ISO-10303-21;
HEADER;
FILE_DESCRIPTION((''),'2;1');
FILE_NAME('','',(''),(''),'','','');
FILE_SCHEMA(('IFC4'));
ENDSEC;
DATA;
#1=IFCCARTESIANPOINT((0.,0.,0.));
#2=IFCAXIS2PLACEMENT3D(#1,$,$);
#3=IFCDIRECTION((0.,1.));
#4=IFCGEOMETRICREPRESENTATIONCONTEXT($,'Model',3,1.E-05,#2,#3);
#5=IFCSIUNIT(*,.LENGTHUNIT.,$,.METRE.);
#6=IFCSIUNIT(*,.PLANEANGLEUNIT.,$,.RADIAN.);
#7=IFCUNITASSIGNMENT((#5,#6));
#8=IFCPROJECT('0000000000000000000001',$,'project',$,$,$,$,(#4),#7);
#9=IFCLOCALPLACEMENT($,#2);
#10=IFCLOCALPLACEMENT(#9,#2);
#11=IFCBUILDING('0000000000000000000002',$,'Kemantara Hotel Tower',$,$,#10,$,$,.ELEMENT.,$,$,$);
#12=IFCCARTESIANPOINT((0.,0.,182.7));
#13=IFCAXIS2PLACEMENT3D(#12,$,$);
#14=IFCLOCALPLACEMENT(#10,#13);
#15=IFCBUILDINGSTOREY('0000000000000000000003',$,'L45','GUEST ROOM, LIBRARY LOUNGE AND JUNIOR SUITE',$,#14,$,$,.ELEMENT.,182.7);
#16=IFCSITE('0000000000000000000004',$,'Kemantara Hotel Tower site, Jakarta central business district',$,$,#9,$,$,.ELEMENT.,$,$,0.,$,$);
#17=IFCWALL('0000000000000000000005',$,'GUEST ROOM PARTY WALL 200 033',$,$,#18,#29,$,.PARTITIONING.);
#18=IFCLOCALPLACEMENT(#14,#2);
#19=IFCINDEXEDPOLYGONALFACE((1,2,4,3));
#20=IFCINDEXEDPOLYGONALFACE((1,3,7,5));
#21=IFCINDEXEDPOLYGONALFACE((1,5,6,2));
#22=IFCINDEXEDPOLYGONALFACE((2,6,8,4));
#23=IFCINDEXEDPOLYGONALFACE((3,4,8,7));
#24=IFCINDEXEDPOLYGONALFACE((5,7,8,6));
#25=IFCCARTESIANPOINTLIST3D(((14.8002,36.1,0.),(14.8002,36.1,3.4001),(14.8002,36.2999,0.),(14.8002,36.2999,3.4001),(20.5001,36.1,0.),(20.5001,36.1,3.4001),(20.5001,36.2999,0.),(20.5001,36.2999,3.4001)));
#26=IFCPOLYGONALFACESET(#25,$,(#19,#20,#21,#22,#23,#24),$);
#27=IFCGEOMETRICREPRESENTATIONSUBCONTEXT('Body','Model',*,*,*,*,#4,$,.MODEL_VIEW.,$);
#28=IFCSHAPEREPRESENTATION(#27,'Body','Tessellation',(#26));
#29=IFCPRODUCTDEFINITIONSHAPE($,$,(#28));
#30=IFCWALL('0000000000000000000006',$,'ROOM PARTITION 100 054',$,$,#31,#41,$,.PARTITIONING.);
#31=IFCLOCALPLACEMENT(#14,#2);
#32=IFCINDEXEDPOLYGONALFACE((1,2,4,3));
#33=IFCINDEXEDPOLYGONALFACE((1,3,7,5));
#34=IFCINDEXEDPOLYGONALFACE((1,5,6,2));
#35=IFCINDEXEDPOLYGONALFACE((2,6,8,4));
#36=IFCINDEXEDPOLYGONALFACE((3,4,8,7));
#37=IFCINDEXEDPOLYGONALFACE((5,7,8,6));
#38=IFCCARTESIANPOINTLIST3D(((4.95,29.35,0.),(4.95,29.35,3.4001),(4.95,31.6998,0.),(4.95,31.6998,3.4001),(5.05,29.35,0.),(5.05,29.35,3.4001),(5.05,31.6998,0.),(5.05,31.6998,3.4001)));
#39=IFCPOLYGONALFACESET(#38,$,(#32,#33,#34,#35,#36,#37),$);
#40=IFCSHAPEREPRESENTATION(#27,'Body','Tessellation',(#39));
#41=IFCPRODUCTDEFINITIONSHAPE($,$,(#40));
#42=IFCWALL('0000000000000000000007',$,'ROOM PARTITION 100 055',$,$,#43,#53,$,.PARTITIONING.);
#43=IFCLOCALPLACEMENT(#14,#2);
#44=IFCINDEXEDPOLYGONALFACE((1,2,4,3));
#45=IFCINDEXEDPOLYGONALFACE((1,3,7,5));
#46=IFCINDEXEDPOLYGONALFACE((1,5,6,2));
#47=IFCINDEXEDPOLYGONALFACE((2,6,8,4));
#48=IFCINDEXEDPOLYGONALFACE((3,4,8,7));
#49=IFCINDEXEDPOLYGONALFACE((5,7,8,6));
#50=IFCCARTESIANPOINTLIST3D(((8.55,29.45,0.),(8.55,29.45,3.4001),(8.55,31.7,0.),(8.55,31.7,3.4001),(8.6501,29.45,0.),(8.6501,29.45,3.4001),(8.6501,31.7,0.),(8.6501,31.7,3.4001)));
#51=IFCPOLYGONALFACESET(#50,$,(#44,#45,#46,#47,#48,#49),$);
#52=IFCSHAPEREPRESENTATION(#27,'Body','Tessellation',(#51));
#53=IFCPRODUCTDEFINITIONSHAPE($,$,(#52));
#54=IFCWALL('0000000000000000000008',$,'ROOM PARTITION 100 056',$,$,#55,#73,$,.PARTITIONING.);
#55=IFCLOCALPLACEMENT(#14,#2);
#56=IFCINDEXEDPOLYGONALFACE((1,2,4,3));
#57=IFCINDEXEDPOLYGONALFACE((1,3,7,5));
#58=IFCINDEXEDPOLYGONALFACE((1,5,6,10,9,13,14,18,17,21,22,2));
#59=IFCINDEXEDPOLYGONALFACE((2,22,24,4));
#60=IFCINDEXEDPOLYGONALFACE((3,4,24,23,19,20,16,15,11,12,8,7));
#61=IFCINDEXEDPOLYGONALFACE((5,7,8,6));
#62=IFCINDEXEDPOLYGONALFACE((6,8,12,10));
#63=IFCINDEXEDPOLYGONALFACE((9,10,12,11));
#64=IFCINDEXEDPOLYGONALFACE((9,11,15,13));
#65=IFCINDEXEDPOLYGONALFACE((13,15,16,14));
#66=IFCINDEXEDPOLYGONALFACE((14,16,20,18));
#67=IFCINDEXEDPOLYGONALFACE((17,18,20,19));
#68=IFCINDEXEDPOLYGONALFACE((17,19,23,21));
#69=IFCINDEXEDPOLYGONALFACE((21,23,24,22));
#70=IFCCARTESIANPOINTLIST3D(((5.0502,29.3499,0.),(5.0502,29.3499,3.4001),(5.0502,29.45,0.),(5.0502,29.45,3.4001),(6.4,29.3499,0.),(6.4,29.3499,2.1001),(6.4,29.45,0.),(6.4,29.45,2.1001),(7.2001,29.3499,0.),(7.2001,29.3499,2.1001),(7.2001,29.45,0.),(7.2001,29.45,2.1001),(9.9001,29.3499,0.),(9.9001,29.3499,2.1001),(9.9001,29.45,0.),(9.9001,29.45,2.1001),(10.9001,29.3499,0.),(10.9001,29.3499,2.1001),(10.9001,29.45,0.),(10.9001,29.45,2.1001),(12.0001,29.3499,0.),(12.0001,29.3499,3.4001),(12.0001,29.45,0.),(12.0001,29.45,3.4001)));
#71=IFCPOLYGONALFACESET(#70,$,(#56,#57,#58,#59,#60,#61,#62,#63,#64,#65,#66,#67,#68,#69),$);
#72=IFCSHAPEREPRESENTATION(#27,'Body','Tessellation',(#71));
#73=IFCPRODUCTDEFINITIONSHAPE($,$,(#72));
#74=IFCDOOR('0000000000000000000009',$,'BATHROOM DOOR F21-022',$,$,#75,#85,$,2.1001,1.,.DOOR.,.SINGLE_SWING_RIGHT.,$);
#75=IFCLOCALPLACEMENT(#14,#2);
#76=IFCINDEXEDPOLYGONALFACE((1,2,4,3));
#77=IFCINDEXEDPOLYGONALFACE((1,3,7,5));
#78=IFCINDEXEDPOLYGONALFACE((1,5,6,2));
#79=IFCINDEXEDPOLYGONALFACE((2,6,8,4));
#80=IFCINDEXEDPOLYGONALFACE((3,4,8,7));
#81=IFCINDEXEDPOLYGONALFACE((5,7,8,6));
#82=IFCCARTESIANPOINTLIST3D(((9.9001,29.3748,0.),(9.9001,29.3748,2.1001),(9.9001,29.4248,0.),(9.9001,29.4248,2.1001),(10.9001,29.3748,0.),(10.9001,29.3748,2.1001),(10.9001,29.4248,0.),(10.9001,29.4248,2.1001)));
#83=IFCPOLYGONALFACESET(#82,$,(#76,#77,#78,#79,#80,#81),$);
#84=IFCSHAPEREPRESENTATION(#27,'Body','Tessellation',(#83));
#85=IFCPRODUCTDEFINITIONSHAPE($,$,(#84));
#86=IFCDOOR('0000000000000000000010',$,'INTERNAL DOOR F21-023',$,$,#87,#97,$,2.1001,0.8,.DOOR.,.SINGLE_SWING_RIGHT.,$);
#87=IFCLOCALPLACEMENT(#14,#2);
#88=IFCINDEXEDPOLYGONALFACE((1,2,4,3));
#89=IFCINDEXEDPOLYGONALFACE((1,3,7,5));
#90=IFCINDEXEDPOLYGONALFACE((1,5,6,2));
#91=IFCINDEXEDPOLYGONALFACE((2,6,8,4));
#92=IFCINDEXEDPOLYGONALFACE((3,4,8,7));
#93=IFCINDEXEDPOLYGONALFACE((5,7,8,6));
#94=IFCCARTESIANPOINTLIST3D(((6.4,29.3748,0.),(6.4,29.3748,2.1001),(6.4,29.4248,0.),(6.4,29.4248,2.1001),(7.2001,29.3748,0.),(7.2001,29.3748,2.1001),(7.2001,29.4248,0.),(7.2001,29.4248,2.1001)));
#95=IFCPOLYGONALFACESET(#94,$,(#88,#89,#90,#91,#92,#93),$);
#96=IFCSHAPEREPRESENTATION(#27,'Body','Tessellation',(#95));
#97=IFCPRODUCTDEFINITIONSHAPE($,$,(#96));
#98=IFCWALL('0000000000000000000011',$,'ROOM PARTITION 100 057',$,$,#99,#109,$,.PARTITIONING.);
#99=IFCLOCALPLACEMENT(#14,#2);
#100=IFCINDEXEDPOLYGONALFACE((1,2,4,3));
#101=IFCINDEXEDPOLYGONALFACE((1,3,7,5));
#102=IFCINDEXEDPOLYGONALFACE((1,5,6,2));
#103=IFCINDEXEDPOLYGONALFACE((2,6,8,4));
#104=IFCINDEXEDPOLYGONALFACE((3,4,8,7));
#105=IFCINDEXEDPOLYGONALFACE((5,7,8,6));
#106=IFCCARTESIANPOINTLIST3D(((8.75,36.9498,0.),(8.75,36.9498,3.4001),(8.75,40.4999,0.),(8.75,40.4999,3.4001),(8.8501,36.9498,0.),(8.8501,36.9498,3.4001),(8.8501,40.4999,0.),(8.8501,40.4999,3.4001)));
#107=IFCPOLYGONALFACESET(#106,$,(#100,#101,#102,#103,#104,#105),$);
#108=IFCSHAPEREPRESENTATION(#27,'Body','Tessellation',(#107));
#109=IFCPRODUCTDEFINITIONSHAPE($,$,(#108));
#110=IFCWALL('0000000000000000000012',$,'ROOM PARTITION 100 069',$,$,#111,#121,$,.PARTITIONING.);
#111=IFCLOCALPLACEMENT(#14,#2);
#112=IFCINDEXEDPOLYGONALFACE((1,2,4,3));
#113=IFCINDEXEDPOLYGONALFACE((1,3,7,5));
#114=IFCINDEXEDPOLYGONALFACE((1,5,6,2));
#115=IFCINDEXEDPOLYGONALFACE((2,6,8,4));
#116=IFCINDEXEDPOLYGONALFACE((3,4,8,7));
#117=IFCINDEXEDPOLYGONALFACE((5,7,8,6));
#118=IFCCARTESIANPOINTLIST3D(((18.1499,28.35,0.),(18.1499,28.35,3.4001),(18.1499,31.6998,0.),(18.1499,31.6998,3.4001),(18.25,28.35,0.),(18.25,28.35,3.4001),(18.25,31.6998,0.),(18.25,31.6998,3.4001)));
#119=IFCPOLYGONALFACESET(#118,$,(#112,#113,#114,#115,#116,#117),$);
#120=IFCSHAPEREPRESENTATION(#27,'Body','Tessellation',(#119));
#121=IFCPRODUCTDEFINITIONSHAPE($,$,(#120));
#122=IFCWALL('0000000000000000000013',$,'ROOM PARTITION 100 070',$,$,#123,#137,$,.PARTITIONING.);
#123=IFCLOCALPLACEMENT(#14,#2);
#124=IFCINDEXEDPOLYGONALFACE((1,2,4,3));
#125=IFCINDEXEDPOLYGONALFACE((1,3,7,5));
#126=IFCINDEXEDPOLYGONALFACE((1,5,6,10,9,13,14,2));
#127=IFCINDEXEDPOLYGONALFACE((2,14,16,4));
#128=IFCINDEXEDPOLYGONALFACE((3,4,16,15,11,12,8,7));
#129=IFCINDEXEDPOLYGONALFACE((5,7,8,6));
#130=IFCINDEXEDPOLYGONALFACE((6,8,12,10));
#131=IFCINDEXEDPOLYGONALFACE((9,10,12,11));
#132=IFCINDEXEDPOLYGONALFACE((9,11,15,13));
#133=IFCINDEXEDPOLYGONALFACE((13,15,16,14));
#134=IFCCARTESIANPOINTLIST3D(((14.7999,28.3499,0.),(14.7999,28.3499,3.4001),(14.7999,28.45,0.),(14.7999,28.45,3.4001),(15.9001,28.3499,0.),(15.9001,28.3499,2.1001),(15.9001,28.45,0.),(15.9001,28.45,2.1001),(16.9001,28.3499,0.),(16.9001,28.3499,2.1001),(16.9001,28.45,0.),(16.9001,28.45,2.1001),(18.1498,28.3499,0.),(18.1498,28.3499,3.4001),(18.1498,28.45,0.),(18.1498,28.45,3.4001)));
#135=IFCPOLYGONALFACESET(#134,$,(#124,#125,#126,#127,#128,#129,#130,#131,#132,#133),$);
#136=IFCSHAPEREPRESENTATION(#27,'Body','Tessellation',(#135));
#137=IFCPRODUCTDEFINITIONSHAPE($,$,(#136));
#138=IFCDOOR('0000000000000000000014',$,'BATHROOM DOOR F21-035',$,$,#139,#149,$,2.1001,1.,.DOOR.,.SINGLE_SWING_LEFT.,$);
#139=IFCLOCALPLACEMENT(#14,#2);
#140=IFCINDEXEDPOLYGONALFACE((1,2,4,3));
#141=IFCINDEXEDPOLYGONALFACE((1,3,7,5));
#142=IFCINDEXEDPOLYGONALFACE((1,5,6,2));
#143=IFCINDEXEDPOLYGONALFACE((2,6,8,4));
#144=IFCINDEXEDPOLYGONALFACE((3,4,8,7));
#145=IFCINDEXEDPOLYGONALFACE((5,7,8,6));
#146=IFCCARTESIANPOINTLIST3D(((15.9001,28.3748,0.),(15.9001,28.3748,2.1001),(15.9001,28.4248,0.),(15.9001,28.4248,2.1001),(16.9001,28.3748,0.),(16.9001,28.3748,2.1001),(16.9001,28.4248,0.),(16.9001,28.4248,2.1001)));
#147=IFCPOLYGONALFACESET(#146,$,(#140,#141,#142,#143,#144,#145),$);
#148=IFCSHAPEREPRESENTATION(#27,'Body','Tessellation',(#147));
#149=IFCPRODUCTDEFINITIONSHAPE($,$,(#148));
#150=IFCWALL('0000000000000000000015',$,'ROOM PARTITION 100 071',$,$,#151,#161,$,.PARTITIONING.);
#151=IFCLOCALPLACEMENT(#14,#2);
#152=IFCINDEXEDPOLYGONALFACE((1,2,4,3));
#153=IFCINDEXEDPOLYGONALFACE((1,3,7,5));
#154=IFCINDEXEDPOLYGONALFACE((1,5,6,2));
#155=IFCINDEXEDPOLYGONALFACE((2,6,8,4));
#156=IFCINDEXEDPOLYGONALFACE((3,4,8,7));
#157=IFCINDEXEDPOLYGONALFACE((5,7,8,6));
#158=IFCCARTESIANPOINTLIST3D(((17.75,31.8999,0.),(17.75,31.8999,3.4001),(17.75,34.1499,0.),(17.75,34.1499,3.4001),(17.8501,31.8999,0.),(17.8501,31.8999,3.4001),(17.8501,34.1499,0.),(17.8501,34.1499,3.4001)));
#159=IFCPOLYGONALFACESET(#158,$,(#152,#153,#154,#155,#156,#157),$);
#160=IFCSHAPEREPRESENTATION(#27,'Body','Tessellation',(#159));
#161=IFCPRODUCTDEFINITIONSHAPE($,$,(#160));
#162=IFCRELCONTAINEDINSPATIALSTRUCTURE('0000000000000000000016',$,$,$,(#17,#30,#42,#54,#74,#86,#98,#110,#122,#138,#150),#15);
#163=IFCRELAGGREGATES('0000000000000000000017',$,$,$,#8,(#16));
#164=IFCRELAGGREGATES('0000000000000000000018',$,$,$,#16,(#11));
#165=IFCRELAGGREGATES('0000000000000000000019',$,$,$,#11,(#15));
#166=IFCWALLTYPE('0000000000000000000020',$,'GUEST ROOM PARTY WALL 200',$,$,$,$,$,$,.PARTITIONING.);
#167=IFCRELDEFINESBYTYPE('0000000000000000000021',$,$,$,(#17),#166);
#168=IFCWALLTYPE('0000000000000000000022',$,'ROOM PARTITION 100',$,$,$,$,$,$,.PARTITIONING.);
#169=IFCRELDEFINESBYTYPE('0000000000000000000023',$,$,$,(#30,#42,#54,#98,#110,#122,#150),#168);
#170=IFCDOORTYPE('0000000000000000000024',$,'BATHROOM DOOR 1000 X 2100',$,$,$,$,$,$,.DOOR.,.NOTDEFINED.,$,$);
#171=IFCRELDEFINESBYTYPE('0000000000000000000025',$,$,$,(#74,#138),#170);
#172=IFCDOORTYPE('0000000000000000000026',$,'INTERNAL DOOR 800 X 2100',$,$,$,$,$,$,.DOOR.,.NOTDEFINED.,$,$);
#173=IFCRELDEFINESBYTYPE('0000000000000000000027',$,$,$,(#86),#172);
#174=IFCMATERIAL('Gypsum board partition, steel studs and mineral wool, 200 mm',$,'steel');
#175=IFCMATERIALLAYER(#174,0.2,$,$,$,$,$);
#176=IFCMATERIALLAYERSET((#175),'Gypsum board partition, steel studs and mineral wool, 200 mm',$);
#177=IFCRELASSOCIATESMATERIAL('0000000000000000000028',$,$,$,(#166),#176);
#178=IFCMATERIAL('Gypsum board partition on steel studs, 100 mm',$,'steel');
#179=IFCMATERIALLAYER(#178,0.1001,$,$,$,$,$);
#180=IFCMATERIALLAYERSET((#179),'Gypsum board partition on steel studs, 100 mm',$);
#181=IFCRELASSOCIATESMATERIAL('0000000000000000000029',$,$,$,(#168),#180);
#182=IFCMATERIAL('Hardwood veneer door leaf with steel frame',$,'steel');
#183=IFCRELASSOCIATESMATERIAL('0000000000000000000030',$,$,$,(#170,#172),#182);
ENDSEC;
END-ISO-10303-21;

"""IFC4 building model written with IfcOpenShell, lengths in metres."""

from ifc_helpers import new_model, si_unit, direction, frame, frame_2d, origin, place, context, subcontext, project, spatial, rectangle, extrude, material, layer, layer_set, type_object, element, fill, save


model = new_model("IFC4")

# Units and contexts
model_context = context("Model", 3, precision=1e-05, world=origin(), true_north=direction((0.0, 1.0)))
body_context = subcontext(model_context, "Body", "Model", "MODEL_VIEW")
ifc_project = project(units=[si_unit("LENGTHUNIT", "METRE"), si_unit("PLANEANGLEUNIT", "RADIAN")], contexts=[model_context])

# Site, building, storey
site_placement = place(None, origin())
site = spatial("IfcSite", under=ifc_project, at=site_placement, Name="Kemantara Hotel Tower site, Jakarta central business district", CompositionType="ELEMENT", RefElevation=0.0)
building_placement = place(site_placement, origin())
building = spatial("IfcBuilding", under=site, at=building_placement, Name="Kemantara Hotel Tower", CompositionType="ELEMENT")
storey_placement = place(building_placement, frame((0.0, 0.0, 182.7)))
storey = spatial("IfcBuildingStorey", under=building, at=storey_placement, Name="L45", Description="GUEST ROOM, LIBRARY LOUNGE AND JUNIOR SUITE", CompositionType="ELEMENT", Elevation=182.7)

# Shared definitions
ifc_material_1 = material(Name="Gypsum board partition, steel studs and mineral wool, 200 mm", Category="steel")
ifc_material_2 = material(Name="Hardwood veneer door leaf with steel frame", Category="steel")

# Walls
ifc_layer_1 = layer(ifc_material_1, 0.2)
ifc_layer_set_1 = layer_set([ifc_layer_1], Name="Gypsum board partition, steel studs and mineral wool, 200 mm")
wall_type_1 = type_object("IfcWallType", Name="GUEST ROOM PARTY WALL 200", PredefinedType="PARTITIONING", material=ifc_layer_set_1)
wall_1_placement = place(storey_placement, frame((14.8, 36.2, 0.0), z_axis=(0.0, 0.0, 1.0), x_axis=(1.0, 0.0, 0.0)))
element("IfcWall", 1, at=wall_1_placement, inside=storey, type_object=wall_type_1, Name="GUEST ROOM PARTY WALL 200 033", PredefinedType="PARTITIONING", context=body_context, shape_type="SweptSolid", body=[
    extrude(rectangle(XDim=5.7, YDim=0.2, at=frame_2d((2.8501, 0.0))), origin(), (0.0, 0.0, 1.0), 3.4001),
])
ifc_material_3 = material(Name="Gypsum board partition on steel studs, 100 mm", Category="steel")
ifc_layer_2 = layer(ifc_material_3, 0.1001)
ifc_layer_set_2 = layer_set([ifc_layer_2], Name="Gypsum board partition on steel studs, 100 mm")
wall_type_2 = type_object("IfcWallType", Name="ROOM PARTITION 100", PredefinedType="PARTITIONING", material=ifc_layer_set_2)
wall_2_placement = place(storey_placement, frame((5.0, 29.3501, 0.0), z_axis=(0.0, 0.0, 1.0), x_axis=(0.0, 1.0, 0.0)))
element("IfcWall", 2, at=wall_2_placement, inside=storey, type_object=wall_type_2, Name="ROOM PARTITION 100 054", PredefinedType="PARTITIONING", context=body_context, shape_type="SweptSolid", body=[
    extrude(rectangle(XDim=2.3499, YDim=0.1001, at=frame_2d((1.1748, 0.0))), origin(), (0.0, 0.0, 1.0), 3.4001),
])
wall_3_placement = place(storey_placement, frame((8.6001, 29.45, 0.0), z_axis=(0.0, 0.0, 1.0), x_axis=(0.0, 1.0, 0.0)))
element("IfcWall", 3, at=wall_3_placement, inside=storey, type_object=wall_type_2, Name="ROOM PARTITION 100 055", PredefinedType="PARTITIONING", context=body_context, shape_type="SweptSolid", body=[
    extrude(rectangle(XDim=2.25, YDim=0.1001, at=frame_2d((1.125, 0.0))), origin(), (0.0, 0.0, 1.0), 3.4001),
])

# Wall, openings, doors
wall_4_placement = place(storey_placement, frame((5.05, 29.3999, 0.0), z_axis=(0.0, 0.0, 1.0), x_axis=(1.0, 0.0, 0.0)))
wall_4 = element("IfcWall", 4, at=wall_4_placement, inside=storey, type_object=wall_type_2, Name="ROOM PARTITION 100 056", PredefinedType="PARTITIONING", context=body_context, shape_type="SweptSolid", body=[
    extrude(rectangle(XDim=6.95, YDim=0.1001, at=frame_2d((3.4751, 0.0))), origin(), (0.0, 0.0, 1.0), 3.4001),
])
opening_1_placement = place(wall_4_placement, frame((4.8501, 0.0, 0.0)))
opening_1 = element("IfcOpeningElement", 5, at=opening_1_placement, cuts=wall_4, PredefinedType="OPENING", context=body_context, shape_type="SweptSolid", body=[
    extrude(rectangle(XDim=1.0, YDim=2.1001, at=frame_2d((0.5, 1.05))), frame((0.0, 0.0601, 0.0), z_axis=(0.0, -1.0, 0.0), x_axis=(1.0, 0.0, 0.0)), (0.0, 0.0, 1.0), 0.1201),
])
opening_2_placement = place(wall_4_placement, frame((1.3501, 0.0, 0.0)))
opening_2 = element("IfcOpeningElement", 6, at=opening_2_placement, cuts=wall_4, PredefinedType="OPENING", context=body_context, shape_type="SweptSolid", body=[
    extrude(rectangle(XDim=0.8, YDim=2.1001, at=frame_2d((0.3999, 1.05))), frame((0.0, 0.0601, 0.0), z_axis=(0.0, -1.0, 0.0), x_axis=(1.0, 0.0, 0.0)), (0.0, 0.0, 1.0), 0.1201),
])
door_type_1 = type_object("IfcDoorType", Name="BATHROOM DOOR 1000 X 2100", OperationType="NOTDEFINED", PredefinedType="DOOR", material=ifc_material_2)
door_1_placement = place(opening_1_placement, origin())
door_1 = element("IfcDoor", 7, at=door_1_placement, inside=storey, type_object=door_type_1, Name="BATHROOM DOOR F21-022", OperationType="SINGLE_SWING_RIGHT", OverallHeight=2.1001, OverallWidth=1.0, PredefinedType="DOOR", context=body_context, shape_type="SweptSolid", body=[
    extrude(rectangle(XDim=1.0, YDim=2.1001, at=frame_2d((0.5, 1.05))), frame((0.0, 0.0249, 0.0), z_axis=(0.0, -1.0, 0.0), x_axis=(1.0, 0.0, 0.0)), (0.0, 0.0, 1.0), 0.05),
])
fill(opening_1, door_1)
door_type_2 = type_object("IfcDoorType", Name="INTERNAL DOOR 800 X 2100", OperationType="NOTDEFINED", PredefinedType="DOOR", material=ifc_material_2)
door_2_placement = place(opening_2_placement, origin())
door_2 = element("IfcDoor", 8, at=door_2_placement, inside=storey, type_object=door_type_2, Name="INTERNAL DOOR F21-023", OperationType="SINGLE_SWING_RIGHT", OverallHeight=2.1001, OverallWidth=0.8, PredefinedType="DOOR", context=body_context, shape_type="SweptSolid", body=[
    extrude(rectangle(XDim=0.8, YDim=2.1001, at=frame_2d((0.3999, 1.05))), frame((0.0, 0.0249, 0.0), z_axis=(0.0, -1.0, 0.0), x_axis=(1.0, 0.0, 0.0)), (0.0, 0.0, 1.0), 0.05),
])
fill(opening_2, door_2)

# Walls
wall_5_placement = place(storey_placement, frame((8.8, 36.95, 0.0), z_axis=(0.0, 0.0, 1.0), x_axis=(0.0, 1.0, 0.0)))
element("IfcWall", 9, at=wall_5_placement, inside=storey, type_object=wall_type_2, Name="ROOM PARTITION 100 057", PredefinedType="PARTITIONING", context=body_context, shape_type="SweptSolid", body=[
    extrude(rectangle(XDim=3.55, YDim=0.1001, at=frame_2d((1.7749, 0.0))), origin(), (0.0, 0.0, 1.0), 3.4001),
])
wall_6_placement = place(storey_placement, frame((18.2, 28.3501, 0.0), z_axis=(0.0, 0.0, 1.0), x_axis=(0.0, 1.0, 0.0)))
element("IfcWall", 10, at=wall_6_placement, inside=storey, type_object=wall_type_2, Name="ROOM PARTITION 100 069", PredefinedType="PARTITIONING", context=body_context, shape_type="SweptSolid", body=[
    extrude(rectangle(XDim=3.3499, YDim=0.1001, at=frame_2d((1.6748, 0.0))), origin(), (0.0, 0.0, 1.0), 3.4001),
])

# Wall, opening, door
wall_7_placement = place(storey_placement, frame((14.8, 28.3999, 0.0), z_axis=(0.0, 0.0, 1.0), x_axis=(1.0, 0.0, 0.0)))
wall_7 = element("IfcWall", 11, at=wall_7_placement, inside=storey, type_object=wall_type_2, Name="ROOM PARTITION 100 070", PredefinedType="PARTITIONING", context=body_context, shape_type="SweptSolid", body=[
    extrude(rectangle(XDim=3.3499, YDim=0.1001, at=frame_2d((1.6748, 0.0))), origin(), (0.0, 0.0, 1.0), 3.4001),
])
opening_3_placement = place(wall_7_placement, frame((1.1001, 0.0, 0.0)))
opening_3 = element("IfcOpeningElement", 12, at=opening_3_placement, cuts=wall_7, PredefinedType="OPENING", context=body_context, shape_type="SweptSolid", body=[
    extrude(rectangle(XDim=1.0, YDim=2.1001, at=frame_2d((0.5, 1.05))), frame((0.0, 0.0601, 0.0), z_axis=(0.0, -1.0, 0.0), x_axis=(1.0, 0.0, 0.0)), (0.0, 0.0, 1.0), 0.1201),
])
door_3_placement = place(opening_3_placement, origin())
door_3 = element("IfcDoor", 13, at=door_3_placement, inside=storey, type_object=door_type_1, Name="BATHROOM DOOR F21-035", OperationType="SINGLE_SWING_LEFT", OverallHeight=2.1001, OverallWidth=1.0, PredefinedType="DOOR", context=body_context, shape_type="SweptSolid", body=[
    extrude(rectangle(XDim=1.0, YDim=2.1001, at=frame_2d((0.5, 1.05))), frame((0.0, 0.0249, 0.0), z_axis=(0.0, -1.0, 0.0), x_axis=(1.0, 0.0, 0.0)), (0.0, 0.0, 1.0), 0.05),
])
fill(opening_3, door_3)

# Wall
wall_8_placement = place(storey_placement, frame((17.8, 31.8999, 0.0), z_axis=(0.0, 0.0, 1.0), x_axis=(0.0, 1.0, 0.0)))
element("IfcWall", 14, at=wall_8_placement, inside=storey, type_object=wall_type_2, Name="ROOM PARTITION 100 071", PredefinedType="PARTITIONING", context=body_context, shape_type="SweptSolid", body=[
    extrude(rectangle(XDim=2.25, YDim=0.1001, at=frame_2d((1.125, 0.0))), origin(), (0.0, 0.0, 1.0), 3.4001),
])

save(model, "model.ifc")
